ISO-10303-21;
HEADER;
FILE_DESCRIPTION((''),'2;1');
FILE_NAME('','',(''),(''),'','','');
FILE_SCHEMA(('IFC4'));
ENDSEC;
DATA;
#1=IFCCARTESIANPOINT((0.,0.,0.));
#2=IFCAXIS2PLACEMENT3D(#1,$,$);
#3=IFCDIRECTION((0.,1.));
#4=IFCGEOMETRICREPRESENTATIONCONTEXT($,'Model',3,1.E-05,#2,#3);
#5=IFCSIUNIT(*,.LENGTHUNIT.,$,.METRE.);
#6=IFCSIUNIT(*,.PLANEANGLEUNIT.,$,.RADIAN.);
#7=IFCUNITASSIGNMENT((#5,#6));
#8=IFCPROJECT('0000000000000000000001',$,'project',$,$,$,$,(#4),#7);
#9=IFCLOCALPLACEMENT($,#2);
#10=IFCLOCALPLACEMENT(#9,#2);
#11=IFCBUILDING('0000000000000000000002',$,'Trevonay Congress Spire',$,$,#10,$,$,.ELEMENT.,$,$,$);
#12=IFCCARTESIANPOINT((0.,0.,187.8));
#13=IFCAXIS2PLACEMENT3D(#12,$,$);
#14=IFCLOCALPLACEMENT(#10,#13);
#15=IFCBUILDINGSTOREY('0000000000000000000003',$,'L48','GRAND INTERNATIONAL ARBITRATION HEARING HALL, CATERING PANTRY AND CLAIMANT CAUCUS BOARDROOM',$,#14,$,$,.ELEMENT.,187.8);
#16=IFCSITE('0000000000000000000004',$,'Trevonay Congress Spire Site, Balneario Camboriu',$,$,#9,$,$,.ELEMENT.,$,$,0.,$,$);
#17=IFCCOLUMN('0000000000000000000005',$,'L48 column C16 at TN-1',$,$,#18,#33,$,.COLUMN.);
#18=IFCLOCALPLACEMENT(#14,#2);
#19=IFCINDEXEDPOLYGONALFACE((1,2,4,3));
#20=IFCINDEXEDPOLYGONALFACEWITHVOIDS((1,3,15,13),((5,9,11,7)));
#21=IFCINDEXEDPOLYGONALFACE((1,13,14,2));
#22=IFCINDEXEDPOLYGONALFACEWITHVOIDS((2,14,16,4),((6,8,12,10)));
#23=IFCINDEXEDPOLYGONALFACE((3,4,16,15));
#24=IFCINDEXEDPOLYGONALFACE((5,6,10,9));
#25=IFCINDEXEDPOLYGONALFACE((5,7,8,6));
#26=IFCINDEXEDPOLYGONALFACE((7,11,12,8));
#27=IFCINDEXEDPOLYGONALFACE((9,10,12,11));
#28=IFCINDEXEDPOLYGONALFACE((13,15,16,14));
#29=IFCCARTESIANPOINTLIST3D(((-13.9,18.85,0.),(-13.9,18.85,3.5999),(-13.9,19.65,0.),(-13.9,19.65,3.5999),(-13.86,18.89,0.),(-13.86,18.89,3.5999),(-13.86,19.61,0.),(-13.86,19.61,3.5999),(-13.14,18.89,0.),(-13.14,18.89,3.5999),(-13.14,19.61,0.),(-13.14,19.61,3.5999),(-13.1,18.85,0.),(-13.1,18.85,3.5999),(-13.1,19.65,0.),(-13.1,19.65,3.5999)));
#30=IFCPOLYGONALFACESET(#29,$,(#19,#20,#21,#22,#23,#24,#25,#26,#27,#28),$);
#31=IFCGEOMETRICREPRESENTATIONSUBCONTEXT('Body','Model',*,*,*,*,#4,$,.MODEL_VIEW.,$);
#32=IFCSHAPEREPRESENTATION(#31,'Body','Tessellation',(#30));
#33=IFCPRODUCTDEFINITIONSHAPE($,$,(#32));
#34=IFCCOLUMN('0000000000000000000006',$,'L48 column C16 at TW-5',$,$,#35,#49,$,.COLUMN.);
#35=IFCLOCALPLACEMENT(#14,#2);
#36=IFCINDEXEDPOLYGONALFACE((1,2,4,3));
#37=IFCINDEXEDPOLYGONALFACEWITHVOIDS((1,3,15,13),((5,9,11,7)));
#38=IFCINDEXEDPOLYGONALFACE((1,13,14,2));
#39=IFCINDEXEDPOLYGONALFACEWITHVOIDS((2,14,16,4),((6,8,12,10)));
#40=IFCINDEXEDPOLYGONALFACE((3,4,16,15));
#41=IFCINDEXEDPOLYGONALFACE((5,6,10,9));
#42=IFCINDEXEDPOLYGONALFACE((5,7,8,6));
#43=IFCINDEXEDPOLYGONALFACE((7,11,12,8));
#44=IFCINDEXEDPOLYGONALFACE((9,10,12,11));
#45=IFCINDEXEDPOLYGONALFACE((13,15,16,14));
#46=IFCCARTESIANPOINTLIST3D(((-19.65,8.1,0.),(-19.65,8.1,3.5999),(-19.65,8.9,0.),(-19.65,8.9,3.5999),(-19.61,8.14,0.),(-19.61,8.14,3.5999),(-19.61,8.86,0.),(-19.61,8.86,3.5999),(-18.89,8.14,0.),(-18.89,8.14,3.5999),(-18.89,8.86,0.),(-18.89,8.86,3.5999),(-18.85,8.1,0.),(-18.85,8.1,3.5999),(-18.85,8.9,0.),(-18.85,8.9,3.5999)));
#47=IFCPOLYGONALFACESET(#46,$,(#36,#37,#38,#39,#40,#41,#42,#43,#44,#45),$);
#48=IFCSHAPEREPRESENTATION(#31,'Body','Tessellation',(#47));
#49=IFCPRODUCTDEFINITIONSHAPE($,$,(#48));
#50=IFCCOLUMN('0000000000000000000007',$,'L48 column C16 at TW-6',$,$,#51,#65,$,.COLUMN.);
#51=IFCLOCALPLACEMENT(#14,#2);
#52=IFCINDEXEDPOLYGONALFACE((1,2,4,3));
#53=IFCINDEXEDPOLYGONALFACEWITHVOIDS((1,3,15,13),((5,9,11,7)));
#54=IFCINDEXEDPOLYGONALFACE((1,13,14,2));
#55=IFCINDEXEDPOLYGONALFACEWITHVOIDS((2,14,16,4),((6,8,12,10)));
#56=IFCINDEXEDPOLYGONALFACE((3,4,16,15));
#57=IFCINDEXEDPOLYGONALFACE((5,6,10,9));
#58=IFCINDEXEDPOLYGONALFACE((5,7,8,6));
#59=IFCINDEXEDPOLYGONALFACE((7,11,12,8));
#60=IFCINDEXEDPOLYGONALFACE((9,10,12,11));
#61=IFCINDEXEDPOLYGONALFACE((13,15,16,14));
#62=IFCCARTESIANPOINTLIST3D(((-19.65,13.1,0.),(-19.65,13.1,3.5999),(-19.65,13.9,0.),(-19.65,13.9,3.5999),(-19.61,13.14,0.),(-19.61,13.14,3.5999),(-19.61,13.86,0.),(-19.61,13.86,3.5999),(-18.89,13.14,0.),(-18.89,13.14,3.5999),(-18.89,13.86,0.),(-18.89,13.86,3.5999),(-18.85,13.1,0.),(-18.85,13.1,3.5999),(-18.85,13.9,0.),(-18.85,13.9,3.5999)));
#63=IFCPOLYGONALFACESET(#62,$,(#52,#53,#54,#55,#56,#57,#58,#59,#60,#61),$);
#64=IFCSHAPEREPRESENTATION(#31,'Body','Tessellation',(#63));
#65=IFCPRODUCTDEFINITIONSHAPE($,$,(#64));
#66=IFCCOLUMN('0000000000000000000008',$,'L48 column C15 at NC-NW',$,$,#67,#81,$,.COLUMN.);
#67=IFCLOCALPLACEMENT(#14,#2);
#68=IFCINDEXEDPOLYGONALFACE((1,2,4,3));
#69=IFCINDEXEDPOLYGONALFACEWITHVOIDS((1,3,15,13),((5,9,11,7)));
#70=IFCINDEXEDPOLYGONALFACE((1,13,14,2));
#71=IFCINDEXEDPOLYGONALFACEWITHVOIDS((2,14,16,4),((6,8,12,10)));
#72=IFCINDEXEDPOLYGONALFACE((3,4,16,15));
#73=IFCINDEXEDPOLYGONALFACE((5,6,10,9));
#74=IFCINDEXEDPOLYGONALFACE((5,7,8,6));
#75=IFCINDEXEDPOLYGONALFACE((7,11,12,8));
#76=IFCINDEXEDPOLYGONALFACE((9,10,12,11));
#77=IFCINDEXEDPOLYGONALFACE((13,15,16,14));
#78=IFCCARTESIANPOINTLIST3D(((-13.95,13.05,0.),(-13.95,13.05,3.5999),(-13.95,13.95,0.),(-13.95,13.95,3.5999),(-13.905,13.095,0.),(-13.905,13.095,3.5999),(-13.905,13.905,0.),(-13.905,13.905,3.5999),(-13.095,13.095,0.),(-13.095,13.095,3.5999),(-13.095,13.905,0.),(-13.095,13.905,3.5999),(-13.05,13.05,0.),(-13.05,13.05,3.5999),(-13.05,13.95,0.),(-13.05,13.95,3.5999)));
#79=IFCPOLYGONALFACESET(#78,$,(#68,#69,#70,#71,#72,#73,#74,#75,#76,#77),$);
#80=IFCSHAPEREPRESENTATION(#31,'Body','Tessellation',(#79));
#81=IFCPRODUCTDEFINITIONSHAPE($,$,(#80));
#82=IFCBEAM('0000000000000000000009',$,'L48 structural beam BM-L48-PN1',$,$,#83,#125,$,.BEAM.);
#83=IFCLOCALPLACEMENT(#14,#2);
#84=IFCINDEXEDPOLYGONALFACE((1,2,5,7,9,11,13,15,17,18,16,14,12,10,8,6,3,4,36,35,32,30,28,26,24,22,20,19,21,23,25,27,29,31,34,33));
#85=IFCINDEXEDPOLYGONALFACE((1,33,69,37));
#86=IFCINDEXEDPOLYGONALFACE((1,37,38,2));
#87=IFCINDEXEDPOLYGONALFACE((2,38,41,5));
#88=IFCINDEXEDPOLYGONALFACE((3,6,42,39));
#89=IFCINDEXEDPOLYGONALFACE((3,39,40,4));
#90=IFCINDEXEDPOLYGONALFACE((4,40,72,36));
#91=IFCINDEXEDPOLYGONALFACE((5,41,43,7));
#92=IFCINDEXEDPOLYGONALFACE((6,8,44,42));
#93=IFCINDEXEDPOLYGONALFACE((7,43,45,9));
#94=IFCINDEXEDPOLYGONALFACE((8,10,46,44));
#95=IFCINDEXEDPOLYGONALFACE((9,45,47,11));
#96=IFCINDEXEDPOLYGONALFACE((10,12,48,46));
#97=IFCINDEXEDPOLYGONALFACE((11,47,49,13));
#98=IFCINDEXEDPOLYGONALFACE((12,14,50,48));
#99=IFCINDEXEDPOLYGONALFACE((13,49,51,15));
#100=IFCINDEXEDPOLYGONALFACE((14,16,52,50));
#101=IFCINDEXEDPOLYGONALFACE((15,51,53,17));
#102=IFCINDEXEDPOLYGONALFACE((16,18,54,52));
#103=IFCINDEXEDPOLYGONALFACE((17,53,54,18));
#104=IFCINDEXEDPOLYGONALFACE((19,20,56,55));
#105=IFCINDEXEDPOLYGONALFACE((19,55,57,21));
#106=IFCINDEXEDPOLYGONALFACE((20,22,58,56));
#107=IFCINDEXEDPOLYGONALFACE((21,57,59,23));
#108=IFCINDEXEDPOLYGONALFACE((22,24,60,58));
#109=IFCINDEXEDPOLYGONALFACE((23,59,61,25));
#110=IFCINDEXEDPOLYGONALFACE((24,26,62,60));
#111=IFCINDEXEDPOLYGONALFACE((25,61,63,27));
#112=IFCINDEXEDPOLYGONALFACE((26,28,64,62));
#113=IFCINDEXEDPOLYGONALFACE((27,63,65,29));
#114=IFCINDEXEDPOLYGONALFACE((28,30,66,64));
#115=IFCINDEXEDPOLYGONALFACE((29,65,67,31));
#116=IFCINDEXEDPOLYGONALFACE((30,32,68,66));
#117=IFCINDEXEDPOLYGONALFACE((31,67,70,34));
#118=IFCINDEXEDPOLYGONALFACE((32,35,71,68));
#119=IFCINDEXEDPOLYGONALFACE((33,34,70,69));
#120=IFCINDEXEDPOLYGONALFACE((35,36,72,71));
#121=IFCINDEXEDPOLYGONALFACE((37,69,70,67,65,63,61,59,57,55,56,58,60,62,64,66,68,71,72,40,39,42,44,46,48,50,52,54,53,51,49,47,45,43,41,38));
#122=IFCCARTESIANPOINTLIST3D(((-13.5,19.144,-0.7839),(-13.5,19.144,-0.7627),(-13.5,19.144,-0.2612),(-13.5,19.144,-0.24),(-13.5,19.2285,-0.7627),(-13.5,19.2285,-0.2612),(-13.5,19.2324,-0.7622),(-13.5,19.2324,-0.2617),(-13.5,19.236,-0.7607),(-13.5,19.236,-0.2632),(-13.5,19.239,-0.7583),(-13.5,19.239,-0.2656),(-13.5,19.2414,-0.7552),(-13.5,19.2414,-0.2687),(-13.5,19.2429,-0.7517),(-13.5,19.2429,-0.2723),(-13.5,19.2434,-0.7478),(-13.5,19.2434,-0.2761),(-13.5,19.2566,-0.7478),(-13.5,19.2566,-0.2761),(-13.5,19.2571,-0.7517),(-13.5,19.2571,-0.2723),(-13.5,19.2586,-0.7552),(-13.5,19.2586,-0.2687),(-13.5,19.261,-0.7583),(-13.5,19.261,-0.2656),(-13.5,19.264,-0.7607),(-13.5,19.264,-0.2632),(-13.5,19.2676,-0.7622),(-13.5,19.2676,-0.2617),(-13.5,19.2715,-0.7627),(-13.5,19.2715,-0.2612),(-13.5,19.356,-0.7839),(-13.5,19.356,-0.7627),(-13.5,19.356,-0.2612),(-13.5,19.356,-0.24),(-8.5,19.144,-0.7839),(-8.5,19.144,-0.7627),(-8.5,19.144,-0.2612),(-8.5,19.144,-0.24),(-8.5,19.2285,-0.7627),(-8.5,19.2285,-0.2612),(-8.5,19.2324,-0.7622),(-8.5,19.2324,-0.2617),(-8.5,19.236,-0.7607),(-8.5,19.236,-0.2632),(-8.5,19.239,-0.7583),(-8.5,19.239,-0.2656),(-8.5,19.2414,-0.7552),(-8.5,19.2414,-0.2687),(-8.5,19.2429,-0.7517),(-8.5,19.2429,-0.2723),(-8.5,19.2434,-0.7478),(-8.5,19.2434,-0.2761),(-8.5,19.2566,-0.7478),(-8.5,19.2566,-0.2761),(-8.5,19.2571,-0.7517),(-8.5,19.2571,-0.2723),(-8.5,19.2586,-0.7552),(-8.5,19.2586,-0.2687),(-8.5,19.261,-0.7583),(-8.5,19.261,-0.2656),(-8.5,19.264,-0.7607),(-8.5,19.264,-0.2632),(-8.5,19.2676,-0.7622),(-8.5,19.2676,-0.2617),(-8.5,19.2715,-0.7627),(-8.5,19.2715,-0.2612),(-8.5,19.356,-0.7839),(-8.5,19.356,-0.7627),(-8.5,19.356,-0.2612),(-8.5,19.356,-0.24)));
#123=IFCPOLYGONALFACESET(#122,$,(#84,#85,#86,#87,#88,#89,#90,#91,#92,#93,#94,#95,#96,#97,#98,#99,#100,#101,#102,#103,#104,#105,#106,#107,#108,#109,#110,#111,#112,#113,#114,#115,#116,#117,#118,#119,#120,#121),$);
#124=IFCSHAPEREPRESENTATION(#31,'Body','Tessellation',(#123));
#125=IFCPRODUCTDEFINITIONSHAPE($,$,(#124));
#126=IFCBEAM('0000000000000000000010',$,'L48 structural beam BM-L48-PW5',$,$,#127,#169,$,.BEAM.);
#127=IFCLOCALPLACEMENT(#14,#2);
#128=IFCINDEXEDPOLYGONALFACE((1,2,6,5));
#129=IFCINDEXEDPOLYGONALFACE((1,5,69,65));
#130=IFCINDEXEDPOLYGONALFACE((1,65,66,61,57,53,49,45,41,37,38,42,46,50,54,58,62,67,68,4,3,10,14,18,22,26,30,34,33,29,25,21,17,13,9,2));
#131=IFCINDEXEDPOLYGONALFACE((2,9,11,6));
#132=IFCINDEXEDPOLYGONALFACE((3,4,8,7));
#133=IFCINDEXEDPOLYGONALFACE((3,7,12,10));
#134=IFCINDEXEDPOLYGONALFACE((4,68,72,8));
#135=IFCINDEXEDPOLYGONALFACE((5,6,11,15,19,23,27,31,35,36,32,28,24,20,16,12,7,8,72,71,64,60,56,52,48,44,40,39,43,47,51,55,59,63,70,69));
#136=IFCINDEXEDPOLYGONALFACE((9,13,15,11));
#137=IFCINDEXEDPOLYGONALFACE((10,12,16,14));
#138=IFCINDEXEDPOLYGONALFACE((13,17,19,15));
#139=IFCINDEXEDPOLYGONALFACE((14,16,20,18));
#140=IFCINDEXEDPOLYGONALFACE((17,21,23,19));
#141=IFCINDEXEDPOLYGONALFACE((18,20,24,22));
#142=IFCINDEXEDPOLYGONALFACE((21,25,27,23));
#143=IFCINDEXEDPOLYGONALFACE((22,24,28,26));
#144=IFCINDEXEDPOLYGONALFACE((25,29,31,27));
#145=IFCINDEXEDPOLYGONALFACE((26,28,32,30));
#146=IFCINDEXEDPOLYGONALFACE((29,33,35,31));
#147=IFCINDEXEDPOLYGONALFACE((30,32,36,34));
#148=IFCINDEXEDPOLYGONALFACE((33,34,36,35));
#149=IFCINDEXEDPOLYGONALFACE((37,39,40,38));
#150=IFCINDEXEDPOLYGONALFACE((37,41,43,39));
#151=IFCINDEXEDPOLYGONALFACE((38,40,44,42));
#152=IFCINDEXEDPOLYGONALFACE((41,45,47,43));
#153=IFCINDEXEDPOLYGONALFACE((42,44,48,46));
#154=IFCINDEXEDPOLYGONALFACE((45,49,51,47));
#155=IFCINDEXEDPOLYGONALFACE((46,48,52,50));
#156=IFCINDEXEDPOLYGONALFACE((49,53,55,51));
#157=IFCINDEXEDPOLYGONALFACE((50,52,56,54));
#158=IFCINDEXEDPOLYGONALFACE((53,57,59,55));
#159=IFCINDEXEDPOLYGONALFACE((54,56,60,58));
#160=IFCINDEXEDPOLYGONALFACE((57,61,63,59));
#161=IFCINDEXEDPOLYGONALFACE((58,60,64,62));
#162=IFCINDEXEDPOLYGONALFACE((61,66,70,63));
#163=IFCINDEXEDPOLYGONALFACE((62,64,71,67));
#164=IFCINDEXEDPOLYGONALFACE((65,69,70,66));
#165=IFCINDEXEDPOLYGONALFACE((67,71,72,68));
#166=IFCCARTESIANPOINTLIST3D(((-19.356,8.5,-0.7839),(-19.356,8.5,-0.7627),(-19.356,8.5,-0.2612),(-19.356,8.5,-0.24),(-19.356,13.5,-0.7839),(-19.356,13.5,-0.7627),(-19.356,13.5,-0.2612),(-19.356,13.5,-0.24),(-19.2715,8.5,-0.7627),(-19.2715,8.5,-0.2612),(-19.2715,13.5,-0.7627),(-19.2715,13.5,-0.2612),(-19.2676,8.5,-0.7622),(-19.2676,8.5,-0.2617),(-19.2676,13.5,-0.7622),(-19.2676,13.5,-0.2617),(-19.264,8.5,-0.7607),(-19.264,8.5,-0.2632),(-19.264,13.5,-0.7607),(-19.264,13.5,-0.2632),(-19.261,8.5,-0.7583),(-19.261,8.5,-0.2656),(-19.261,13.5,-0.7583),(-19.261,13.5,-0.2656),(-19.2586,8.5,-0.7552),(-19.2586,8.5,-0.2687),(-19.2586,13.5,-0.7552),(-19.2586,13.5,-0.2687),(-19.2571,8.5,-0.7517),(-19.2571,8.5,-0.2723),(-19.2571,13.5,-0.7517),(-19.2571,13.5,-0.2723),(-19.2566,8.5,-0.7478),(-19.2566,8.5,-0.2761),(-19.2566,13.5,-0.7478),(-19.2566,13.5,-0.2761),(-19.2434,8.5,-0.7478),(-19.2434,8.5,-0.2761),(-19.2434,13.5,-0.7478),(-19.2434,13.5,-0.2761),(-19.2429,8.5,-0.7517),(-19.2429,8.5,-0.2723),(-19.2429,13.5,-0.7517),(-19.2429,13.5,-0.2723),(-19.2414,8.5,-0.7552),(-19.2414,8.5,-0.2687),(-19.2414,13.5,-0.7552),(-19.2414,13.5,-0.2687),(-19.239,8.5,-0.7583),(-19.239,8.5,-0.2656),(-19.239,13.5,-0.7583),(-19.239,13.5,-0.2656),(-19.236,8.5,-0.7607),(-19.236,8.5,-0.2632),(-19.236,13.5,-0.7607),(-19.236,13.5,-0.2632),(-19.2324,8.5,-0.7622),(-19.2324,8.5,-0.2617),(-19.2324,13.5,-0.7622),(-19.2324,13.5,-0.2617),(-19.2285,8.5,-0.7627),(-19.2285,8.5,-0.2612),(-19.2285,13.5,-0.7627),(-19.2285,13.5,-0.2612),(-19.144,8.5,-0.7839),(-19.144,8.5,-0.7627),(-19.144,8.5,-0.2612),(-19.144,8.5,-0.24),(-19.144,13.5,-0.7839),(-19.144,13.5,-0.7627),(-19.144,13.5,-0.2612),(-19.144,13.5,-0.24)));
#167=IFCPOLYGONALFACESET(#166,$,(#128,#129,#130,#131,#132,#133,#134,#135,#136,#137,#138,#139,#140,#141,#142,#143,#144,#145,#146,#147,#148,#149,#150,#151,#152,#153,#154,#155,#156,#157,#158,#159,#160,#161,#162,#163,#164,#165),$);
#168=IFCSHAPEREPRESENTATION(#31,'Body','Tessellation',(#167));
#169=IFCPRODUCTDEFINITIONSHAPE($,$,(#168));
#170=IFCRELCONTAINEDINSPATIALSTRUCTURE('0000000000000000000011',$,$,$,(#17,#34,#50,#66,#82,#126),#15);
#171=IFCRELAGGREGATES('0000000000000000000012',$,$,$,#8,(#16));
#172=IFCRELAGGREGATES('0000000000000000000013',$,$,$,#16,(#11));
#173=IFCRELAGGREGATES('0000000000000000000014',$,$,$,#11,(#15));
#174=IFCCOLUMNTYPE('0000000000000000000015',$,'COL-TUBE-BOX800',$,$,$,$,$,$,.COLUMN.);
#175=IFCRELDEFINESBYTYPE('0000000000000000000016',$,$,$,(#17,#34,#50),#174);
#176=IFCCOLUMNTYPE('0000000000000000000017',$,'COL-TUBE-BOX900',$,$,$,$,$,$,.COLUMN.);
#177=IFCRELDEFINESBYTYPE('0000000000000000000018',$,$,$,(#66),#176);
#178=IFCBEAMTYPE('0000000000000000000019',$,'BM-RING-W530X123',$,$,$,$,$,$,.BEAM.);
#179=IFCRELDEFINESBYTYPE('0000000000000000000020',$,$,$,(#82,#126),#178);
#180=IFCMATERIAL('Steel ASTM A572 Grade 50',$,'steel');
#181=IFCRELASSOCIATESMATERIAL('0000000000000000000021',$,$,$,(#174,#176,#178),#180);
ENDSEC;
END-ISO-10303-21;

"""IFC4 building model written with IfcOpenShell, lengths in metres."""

from ifc_helpers import new_model, si_unit, direction, frame, origin, origin_2d, place, context, subcontext, project, spatial, hollow_rectangle, i_section, extrude, material, material_profile, profile_set, type_object, element, save


model = new_model("IFC4")

# Units and contexts
model_context = context("Model", 3, precision=1e-05, world=origin(), true_north=direction((0.0, 1.0)))
body_context = subcontext(model_context, "Body", "Model", "MODEL_VIEW")
ifc_project = project(units=[si_unit("LENGTHUNIT", "METRE"), si_unit("PLANEANGLEUNIT", "RADIAN")], contexts=[model_context])

# Site, building, storey
site_placement = place(None, origin())
site = spatial("IfcSite", under=ifc_project, at=site_placement, Name="Trevonay Congress Spire Site, Balneario Camboriu", CompositionType="ELEMENT", RefElevation=0.0)
building_placement = place(site_placement, origin())
building = spatial("IfcBuilding", under=site, at=building_placement, Name="Trevonay Congress Spire", CompositionType="ELEMENT")
storey_placement = place(building_placement, frame((0.0, 0.0, 187.8)))
storey = spatial("IfcBuildingStorey", under=building, at=storey_placement, Name="L48", Description="GRAND INTERNATIONAL ARBITRATION HEARING HALL, CATERING PANTRY AND CLAIMANT CAUCUS BOARDROOM", CompositionType="ELEMENT", Elevation=187.8)

# Columns
ifc_material_1 = material(Name="Steel ASTM A572 Grade 50", Category="steel")
ifc_material_profile_1 = material_profile(ifc_material_1, hollow_rectangle(XDim=0.8, YDim=0.8, WallThickness=0.04, at=origin_2d()), Name="BOX 800x800x40")
ifc_profile_set_1 = profile_set([ifc_material_profile_1], Name="Steel ASTM A572 Grade 50")
column_type_1 = type_object("IfcColumnType", Name="COL-TUBE-BOX800", PredefinedType="COLUMN", material=ifc_profile_set_1)
for number, where, z_axis, x_axis, name in (
    (1, (-13.5, 19.25, 0.0), (0.0, 0.0, 1.0), (1.0, 0.0, 0.0), "L48 column C16 at TN-1"),
    (2, (-19.25, 8.5, 0.0), (0.0, 0.0, 1.0), (1.0, 0.0, 0.0), "L48 column C16 at TW-5"),
    (3, (-19.25, 13.5, 0.0), (0.0, 0.0, 1.0), (1.0, 0.0, 0.0), "L48 column C16 at TW-6"),
):
    element("IfcColumn", number, at=place(storey_placement, frame(where, z_axis=z_axis, x_axis=x_axis)), inside=storey, type_object=column_type_1, Name=name, PredefinedType="COLUMN", context=body_context, shape_type="SweptSolid", body=[
        extrude(hollow_rectangle(XDim=0.8, YDim=0.8, WallThickness=0.04, at=origin_2d()), origin(), (0.0, 0.0, 1.0), 3.5999),
    ])
ifc_material_profile_2 = material_profile(ifc_material_1, hollow_rectangle(XDim=0.8999, YDim=0.8999, WallThickness=0.0449, at=origin_2d()), Name="BOX 900x900x45")
ifc_profile_set_2 = profile_set([ifc_material_profile_2], Name="Steel ASTM A572 Grade 50")
column_type_2 = type_object("IfcColumnType", Name="COL-TUBE-BOX900", PredefinedType="COLUMN", material=ifc_profile_set_2)
column_placement = place(storey_placement, frame((-13.5, 13.5, 0.0), z_axis=(0.0, 0.0, 1.0), x_axis=(1.0, 0.0, 0.0)))
element("IfcColumn", 4, at=column_placement, inside=storey, type_object=column_type_2, Name="L48 column C15 at NC-NW", PredefinedType="COLUMN", context=body_context, shape_type="SweptSolid", body=[
    extrude(hollow_rectangle(XDim=0.8999, YDim=0.8999, WallThickness=0.0449, at=origin_2d()), origin(), (0.0, 0.0, 1.0), 3.5999),
])

# Beams
ifc_material_profile_3 = material_profile(ifc_material_1, i_section(OverallWidth=0.2119, OverallDepth=0.5439, WebThickness=0.0132, FlangeThickness=0.0212, FilletRadius=0.0149, at=origin_2d()), Name="W530x123")
ifc_profile_set_3 = profile_set([ifc_material_profile_3], Name="Steel ASTM A572 Grade 50")
beam_type = type_object("IfcBeamType", Name="BM-RING-W530X123", PredefinedType="BEAM", material=ifc_profile_set_3)
for number, where, z_axis, x_axis, name in (
    (5, (-13.5, 19.25, -0.512), (1.0, 0.0, 0.0), (0.0, 1.0, 0.0), "L48 structural beam BM-L48-PN1"),
    (6, (-19.25, 8.5, -0.512), (0.0, 1.0, 0.0), (-1.0, 0.0, 0.0), "L48 structural beam BM-L48-PW5"),
):
    element("IfcBeam", number, at=place(storey_placement, frame(where, z_axis=z_axis, x_axis=x_axis)), inside=storey, type_object=beam_type, Name=name, PredefinedType="BEAM", context=body_context, shape_type="SweptSolid", body=[
        extrude(i_section(OverallWidth=0.2119, OverallDepth=0.5439, WebThickness=0.0132, FlangeThickness=0.0212, FilletRadius=0.0149, at=origin_2d()), origin(), (0.0, 0.0, 1.0), 5.0),
    ])

save(model, "model.ifc")
